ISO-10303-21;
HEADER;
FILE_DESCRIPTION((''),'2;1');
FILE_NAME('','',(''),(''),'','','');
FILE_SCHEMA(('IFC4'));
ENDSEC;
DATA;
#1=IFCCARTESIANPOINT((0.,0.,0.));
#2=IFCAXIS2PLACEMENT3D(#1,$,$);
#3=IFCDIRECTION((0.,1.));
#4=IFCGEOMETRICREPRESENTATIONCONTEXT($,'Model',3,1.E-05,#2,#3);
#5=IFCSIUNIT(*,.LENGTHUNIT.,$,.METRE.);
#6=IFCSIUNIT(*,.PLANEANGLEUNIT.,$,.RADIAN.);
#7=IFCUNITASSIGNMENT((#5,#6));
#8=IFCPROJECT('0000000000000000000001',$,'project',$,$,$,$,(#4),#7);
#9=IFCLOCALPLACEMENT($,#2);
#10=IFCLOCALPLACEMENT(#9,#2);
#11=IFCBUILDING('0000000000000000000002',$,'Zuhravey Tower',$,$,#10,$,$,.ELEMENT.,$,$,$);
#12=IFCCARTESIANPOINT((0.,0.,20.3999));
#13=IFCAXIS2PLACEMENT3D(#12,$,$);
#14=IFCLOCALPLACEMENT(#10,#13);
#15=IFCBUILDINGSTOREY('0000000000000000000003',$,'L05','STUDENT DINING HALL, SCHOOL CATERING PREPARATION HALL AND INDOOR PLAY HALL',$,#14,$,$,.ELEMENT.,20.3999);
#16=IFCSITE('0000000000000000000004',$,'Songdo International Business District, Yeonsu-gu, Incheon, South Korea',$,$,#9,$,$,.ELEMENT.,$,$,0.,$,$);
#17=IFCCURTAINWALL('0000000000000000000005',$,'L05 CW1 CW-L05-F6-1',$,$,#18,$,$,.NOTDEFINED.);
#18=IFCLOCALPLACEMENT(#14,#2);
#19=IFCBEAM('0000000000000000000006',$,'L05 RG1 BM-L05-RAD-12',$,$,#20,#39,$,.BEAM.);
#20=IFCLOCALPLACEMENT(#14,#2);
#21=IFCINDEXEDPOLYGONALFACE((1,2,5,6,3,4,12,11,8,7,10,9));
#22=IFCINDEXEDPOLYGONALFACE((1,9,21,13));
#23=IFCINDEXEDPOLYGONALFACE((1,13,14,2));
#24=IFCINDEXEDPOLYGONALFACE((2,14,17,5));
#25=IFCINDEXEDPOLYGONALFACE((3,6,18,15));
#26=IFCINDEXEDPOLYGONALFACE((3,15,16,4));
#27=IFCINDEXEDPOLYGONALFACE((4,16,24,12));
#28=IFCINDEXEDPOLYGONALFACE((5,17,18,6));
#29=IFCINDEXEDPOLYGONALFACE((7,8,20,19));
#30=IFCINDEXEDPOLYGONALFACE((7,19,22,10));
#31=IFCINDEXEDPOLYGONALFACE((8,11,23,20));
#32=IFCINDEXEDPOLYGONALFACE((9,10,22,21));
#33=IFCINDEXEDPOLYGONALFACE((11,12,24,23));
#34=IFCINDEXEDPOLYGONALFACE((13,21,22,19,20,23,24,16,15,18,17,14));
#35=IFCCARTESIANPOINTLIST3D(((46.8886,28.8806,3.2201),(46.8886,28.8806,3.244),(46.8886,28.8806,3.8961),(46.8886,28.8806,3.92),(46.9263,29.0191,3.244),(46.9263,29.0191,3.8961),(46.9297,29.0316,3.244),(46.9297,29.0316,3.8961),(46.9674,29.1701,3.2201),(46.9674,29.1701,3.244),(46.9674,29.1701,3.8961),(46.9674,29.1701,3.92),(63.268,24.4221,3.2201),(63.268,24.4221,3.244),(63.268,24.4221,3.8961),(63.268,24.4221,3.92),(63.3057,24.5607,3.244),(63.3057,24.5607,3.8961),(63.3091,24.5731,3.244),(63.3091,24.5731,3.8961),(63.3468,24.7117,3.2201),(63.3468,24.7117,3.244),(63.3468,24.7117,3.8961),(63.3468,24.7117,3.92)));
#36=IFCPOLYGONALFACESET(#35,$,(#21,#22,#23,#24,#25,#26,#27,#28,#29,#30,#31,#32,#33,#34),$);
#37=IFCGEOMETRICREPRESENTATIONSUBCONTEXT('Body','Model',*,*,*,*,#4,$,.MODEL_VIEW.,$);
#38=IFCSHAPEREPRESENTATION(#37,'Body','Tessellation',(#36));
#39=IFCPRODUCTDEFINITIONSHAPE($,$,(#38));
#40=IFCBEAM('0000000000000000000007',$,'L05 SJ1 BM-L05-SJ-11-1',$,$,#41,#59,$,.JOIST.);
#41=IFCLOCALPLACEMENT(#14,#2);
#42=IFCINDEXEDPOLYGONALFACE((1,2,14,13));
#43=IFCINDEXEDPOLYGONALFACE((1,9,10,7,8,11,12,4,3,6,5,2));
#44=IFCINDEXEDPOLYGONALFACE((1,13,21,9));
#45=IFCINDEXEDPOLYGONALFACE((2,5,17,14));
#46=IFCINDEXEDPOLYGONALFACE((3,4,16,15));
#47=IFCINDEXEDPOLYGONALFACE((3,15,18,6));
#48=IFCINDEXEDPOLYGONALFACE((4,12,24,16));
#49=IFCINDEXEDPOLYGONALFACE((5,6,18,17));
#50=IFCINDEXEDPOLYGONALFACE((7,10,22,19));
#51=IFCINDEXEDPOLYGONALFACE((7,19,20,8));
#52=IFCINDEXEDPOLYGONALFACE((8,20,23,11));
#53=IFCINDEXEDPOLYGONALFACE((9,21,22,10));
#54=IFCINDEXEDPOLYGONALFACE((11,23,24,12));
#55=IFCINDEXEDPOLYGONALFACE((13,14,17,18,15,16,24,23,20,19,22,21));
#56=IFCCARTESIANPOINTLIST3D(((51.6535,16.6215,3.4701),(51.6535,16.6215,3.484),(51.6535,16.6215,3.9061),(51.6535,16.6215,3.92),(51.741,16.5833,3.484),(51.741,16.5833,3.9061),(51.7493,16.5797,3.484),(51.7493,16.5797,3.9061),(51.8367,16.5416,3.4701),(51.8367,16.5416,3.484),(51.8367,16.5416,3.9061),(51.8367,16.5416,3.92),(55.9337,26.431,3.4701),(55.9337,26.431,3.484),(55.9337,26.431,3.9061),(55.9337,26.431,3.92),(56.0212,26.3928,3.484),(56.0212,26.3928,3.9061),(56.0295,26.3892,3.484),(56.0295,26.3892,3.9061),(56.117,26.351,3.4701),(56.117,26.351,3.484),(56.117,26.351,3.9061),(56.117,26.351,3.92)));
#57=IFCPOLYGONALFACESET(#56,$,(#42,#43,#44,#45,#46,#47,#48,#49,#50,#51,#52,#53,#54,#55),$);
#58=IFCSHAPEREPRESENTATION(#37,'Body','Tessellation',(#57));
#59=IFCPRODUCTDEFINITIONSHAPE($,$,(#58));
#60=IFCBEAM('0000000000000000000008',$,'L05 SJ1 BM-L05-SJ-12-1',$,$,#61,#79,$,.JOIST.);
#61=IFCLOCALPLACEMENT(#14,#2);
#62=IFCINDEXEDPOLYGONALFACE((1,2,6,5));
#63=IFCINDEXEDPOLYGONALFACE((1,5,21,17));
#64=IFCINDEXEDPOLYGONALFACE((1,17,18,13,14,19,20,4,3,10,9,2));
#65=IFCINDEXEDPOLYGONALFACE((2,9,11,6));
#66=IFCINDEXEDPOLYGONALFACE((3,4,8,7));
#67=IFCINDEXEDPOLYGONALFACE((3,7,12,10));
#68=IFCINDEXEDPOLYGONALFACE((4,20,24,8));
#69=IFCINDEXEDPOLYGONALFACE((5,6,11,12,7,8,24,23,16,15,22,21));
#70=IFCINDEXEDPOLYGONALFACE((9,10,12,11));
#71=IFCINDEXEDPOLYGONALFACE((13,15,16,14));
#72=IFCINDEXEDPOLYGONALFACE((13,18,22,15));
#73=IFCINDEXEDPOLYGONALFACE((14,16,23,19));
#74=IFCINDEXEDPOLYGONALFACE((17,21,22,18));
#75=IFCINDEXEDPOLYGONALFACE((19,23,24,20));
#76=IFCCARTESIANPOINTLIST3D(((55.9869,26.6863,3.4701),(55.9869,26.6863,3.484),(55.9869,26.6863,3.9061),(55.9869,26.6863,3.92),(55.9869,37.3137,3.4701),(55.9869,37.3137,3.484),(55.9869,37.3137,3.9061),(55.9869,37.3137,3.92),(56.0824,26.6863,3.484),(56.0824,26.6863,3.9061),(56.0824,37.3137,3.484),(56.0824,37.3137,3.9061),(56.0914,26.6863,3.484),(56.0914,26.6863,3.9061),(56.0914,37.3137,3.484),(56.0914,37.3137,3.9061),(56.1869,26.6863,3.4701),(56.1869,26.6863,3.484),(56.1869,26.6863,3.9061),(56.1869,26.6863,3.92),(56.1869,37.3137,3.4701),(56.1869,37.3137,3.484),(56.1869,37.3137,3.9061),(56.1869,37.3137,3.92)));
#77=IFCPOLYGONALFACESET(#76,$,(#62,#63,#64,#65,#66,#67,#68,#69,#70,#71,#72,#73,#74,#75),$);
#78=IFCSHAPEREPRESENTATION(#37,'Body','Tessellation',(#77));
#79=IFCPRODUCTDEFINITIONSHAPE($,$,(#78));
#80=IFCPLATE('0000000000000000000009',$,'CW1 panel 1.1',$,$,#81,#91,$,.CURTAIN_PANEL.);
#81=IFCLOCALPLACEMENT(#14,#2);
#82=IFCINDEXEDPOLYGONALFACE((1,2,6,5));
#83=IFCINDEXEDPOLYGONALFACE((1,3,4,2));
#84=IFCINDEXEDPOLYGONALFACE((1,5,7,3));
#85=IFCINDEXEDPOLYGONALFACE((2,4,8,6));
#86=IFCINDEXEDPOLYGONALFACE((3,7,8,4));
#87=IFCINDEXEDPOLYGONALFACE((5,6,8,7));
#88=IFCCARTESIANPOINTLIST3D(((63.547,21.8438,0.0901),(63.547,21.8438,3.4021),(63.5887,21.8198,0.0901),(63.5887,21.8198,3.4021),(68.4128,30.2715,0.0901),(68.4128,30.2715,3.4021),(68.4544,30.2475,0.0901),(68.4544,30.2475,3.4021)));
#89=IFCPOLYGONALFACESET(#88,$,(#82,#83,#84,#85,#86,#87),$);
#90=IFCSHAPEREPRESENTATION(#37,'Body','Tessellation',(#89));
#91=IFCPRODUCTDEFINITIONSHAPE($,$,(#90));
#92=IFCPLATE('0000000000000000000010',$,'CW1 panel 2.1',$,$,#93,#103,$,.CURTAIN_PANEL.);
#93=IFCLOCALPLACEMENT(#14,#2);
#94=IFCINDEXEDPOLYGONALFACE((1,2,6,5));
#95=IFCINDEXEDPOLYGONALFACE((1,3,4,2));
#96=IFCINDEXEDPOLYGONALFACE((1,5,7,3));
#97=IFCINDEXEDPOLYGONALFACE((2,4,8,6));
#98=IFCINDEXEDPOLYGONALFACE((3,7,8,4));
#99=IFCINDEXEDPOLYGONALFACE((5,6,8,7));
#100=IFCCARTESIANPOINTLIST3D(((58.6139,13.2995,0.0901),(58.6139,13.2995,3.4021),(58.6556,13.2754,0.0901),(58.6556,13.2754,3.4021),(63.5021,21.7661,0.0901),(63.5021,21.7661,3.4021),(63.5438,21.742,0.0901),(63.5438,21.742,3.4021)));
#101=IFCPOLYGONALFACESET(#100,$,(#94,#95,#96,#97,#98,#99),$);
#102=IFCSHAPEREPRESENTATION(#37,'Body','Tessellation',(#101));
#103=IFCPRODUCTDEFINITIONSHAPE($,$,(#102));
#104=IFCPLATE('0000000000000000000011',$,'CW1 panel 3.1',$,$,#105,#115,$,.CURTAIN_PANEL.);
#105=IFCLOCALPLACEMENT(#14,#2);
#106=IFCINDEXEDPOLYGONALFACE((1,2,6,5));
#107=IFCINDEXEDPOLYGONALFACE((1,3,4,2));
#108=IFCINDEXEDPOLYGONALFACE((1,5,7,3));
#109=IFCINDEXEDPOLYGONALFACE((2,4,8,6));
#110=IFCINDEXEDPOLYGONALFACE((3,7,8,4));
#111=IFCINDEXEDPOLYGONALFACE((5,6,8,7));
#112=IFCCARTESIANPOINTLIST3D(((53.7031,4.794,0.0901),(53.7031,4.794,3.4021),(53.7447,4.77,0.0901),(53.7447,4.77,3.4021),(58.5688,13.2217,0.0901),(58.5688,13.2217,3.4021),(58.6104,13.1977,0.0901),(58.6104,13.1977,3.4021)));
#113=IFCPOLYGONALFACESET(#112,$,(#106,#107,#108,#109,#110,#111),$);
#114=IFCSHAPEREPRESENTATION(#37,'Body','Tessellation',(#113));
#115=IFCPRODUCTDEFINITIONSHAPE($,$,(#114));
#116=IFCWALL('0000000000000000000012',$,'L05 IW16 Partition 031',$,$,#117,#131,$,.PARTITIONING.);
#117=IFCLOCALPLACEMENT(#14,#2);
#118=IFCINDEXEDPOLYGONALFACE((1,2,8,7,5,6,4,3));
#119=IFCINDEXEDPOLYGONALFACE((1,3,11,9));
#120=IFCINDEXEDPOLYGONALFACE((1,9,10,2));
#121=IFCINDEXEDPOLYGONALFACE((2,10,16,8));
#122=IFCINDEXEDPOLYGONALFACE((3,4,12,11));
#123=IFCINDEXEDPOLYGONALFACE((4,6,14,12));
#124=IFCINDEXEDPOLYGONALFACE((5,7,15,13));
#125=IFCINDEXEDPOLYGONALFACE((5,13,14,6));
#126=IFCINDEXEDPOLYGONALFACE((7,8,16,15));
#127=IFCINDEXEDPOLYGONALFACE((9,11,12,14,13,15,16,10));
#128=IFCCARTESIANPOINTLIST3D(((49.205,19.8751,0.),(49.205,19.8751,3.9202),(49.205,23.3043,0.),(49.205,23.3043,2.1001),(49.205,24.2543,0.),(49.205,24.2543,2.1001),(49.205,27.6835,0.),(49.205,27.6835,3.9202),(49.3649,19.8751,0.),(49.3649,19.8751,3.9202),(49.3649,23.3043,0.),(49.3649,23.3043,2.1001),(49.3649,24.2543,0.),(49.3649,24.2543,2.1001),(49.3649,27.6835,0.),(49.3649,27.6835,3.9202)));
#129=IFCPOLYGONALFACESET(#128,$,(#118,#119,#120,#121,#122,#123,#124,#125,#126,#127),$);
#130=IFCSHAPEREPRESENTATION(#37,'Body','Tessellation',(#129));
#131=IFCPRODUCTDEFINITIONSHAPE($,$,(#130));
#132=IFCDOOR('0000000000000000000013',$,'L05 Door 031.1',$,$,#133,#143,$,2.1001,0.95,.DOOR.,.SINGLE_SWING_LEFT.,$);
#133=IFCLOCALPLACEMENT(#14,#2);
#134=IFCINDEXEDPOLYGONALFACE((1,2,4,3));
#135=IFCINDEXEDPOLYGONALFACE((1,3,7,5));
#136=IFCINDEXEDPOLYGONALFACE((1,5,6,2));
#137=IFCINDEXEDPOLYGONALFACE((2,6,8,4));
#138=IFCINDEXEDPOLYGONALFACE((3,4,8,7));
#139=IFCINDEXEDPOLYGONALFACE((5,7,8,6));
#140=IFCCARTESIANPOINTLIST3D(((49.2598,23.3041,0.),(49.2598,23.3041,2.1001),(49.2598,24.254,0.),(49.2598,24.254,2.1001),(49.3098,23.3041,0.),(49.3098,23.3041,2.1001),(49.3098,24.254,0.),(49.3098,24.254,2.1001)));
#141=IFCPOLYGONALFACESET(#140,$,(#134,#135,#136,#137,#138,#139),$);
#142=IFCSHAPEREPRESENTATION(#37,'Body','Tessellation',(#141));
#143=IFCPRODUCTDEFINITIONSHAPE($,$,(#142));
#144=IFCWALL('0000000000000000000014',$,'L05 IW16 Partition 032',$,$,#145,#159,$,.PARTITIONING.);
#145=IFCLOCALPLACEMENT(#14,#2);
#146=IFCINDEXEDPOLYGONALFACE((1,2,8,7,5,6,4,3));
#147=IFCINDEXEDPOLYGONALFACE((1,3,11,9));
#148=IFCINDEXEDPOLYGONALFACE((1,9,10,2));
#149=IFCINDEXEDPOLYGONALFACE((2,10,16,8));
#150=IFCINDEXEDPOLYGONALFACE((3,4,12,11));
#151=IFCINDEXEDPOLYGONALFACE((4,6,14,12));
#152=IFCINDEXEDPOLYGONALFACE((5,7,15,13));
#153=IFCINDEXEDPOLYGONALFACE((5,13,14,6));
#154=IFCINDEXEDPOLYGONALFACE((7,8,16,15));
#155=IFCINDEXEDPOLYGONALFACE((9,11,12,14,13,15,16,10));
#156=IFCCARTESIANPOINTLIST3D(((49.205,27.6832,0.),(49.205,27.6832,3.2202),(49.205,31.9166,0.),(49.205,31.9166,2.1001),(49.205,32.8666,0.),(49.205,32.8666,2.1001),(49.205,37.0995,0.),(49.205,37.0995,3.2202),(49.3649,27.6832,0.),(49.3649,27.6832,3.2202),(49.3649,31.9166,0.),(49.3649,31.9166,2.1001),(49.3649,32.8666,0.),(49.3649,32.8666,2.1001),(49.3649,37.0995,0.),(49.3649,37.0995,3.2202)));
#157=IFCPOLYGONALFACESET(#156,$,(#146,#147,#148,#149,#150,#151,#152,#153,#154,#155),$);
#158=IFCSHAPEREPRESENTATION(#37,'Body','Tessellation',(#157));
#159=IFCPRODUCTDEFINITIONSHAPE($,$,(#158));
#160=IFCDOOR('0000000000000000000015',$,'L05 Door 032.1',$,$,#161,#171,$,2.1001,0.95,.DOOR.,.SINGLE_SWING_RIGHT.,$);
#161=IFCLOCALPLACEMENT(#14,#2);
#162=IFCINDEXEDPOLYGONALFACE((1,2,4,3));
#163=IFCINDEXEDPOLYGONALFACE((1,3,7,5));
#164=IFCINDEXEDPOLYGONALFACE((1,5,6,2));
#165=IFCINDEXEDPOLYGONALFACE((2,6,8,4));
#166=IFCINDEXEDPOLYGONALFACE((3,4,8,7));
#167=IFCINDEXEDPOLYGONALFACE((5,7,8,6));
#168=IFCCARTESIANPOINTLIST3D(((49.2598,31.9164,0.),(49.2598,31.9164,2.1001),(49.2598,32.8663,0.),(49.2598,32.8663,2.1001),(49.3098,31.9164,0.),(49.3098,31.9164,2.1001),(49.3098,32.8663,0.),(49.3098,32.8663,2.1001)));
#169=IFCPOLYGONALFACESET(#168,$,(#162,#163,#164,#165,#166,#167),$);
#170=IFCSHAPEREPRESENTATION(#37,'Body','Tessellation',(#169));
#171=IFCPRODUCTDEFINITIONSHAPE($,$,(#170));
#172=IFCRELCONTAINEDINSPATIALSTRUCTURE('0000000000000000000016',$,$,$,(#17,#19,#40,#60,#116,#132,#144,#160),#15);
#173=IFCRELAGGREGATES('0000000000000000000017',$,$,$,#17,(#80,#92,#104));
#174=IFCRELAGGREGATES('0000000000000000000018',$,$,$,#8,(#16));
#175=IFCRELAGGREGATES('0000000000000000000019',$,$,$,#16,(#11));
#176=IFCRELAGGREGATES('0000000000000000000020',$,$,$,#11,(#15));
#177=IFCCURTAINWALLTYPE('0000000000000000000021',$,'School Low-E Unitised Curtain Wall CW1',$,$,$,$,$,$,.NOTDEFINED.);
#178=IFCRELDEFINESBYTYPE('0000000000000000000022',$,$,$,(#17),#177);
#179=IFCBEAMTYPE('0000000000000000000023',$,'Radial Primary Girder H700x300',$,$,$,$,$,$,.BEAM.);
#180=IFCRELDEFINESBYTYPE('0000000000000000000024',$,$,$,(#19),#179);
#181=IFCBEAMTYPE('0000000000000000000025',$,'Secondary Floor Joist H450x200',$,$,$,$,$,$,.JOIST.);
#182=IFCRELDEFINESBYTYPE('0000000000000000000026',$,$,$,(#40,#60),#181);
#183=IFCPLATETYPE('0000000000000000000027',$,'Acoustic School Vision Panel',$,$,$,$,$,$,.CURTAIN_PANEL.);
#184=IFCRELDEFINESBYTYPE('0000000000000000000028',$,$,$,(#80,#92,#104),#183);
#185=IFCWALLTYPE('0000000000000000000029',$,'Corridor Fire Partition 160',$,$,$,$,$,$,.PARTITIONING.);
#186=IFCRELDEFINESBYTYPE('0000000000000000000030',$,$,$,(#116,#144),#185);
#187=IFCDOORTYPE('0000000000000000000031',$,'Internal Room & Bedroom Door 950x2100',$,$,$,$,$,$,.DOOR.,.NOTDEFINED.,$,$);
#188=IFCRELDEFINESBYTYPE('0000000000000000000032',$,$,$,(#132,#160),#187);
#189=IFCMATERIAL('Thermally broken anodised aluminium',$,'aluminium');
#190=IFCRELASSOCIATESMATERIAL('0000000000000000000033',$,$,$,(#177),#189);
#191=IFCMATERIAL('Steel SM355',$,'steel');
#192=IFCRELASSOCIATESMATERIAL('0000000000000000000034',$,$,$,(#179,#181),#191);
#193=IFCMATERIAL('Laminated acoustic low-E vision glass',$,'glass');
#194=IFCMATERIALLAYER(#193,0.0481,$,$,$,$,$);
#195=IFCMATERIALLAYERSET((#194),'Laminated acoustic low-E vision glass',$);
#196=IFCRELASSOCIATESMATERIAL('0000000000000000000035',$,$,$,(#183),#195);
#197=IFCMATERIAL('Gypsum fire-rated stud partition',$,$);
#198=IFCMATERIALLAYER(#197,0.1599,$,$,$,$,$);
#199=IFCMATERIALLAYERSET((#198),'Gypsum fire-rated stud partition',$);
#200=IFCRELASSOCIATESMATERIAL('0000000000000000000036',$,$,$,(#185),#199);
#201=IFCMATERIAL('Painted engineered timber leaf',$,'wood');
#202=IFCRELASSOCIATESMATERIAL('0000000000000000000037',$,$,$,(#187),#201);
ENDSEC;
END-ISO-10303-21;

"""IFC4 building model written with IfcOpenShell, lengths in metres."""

from ifc_helpers import new_model, si_unit, direction, frame, frame_2d, origin, origin_2d, place, context, subcontext, project, spatial, rectangle, i_section, extrude, material, layer, layer_set, material_profile, profile_set, type_object, element, fill, aggregate, save


model = new_model("IFC4")

# Units and contexts
model_context = context("Model", 3, precision=1e-05, world=origin(), true_north=direction((0.0, 1.0)))
body_context = subcontext(model_context, "Body", "Model", "MODEL_VIEW")
ifc_project = project(units=[si_unit("LENGTHUNIT", "METRE"), si_unit("PLANEANGLEUNIT", "RADIAN")], contexts=[model_context])

# Site, building, storey
site_placement = place(None, origin())
site = spatial("IfcSite", under=ifc_project, at=site_placement, Name="Songdo International Business District, Yeonsu-gu, Incheon, South Korea", CompositionType="ELEMENT", RefElevation=0.0)
building_placement = place(site_placement, origin())
building = spatial("IfcBuilding", under=site, at=building_placement, Name="Zuhravey Tower", CompositionType="ELEMENT")
storey_placement = place(building_placement, frame((0.0, 0.0, 20.3999)))
storey = spatial("IfcBuildingStorey", under=building, at=storey_placement, Name="L05", Description="STUDENT DINING HALL, SCHOOL CATERING PREPARATION HALL AND INDOOR PLAY HALL", CompositionType="ELEMENT", Elevation=20.3999)

# Curtain wall
ifc_material_1 = material(Name="Thermally broken anodised aluminium", Category="aluminium")
curtain_wall_type = type_object("IfcCurtainWallType", Name="School Low-E Unitised Curtain Wall CW1", PredefinedType="NOTDEFINED", material=ifc_material_1)
curtain_wall_1_placement = place(storey_placement, origin())
curtain_wall_1 = element("IfcCurtainWall", 1, at=curtain_wall_1_placement, inside=storey, type_object=curtain_wall_type, Name="L05 CW1 CW-L05-F6-1", PredefinedType="NOTDEFINED")

# Beams
ifc_material_2 = material(Name="Steel SM355", Category="steel")
ifc_material_profile_1 = material_profile(ifc_material_2, i_section(OverallWidth=0.3, OverallDepth=0.7, WebThickness=0.0129, FlangeThickness=0.0239, at=origin_2d()), Name="H-700x300x13x24")
ifc_profile_set_1 = profile_set([ifc_material_profile_1], Name="Steel SM355")
beam_type_1 = type_object("IfcBeamType", Name="Radial Primary Girder H700x300", PredefinedType="BEAM", material=ifc_profile_set_1)
beam_1_placement = place(storey_placement, frame((46.928, 29.0254, 3.5701), z_axis=(0.964892, -0.262645, 0.0), x_axis=(0.262645, 0.964892, 0.0)))
element("IfcBeam", 2, at=beam_1_placement, inside=storey, type_object=beam_type_1, Name="L05 RG1 BM-L05-RAD-12", PredefinedType="BEAM", context=body_context, shape_type="SweptSolid", body=[
    extrude(i_section(OverallWidth=0.3, OverallDepth=0.7, WebThickness=0.0129, FlangeThickness=0.0239, at=origin_2d()), origin(), (0.0, 0.0, 1.0), 16.9753),
])
ifc_material_profile_2 = material_profile(ifc_material_2, i_section(OverallWidth=0.2, OverallDepth=0.45, WebThickness=0.009, FlangeThickness=0.0139, at=origin_2d()), Name="H-450x200x9x14")
ifc_profile_set_2 = profile_set([ifc_material_profile_2], Name="Steel SM355")
beam_type_2 = type_object("IfcBeamType", Name="Secondary Floor Joist H450x200", PredefinedType="JOIST", material=ifc_profile_set_2)
beam_2_placement = place(storey_placement, frame((51.7451, 16.5815, 3.6951), z_axis=(0.399924, 0.916549, 0.0), x_axis=(-0.916549, 0.399924, 0.0)))
element("IfcBeam", 3, at=beam_2_placement, inside=storey, type_object=beam_type_2, Name="L05 SJ1 BM-L05-SJ-11-1", PredefinedType="JOIST", context=body_context, shape_type="SweptSolid", body=[
    extrude(i_section(OverallWidth=0.2, OverallDepth=0.45, WebThickness=0.009, FlangeThickness=0.0139, at=origin_2d()), origin(), (0.0, 0.0, 1.0), 10.7026),
])
beam_3_placement = place(storey_placement, frame((56.0869, 26.6863, 3.6951), z_axis=(0.0, 1.0, 0.0), x_axis=(-1.0, 0.0, 0.0)))
element("IfcBeam", 4, at=beam_3_placement, inside=storey, type_object=beam_type_2, Name="L05 SJ1 BM-L05-SJ-12-1", PredefinedType="JOIST", context=body_context, shape_type="SweptSolid", body=[
    extrude(i_section(OverallWidth=0.2, OverallDepth=0.45, WebThickness=0.009, FlangeThickness=0.0139, at=origin_2d()), origin(), (0.0, 0.0, 1.0), 10.6274),
])

# Plates
ifc_material_3 = material(Name="Laminated acoustic low-E vision glass", Category="glass")
ifc_layer_1 = layer(ifc_material_3, 0.0481)
ifc_layer_set_1 = layer_set([ifc_layer_1], Name="Laminated acoustic low-E vision glass")
plate_type = type_object("IfcPlateType", Name="Acoustic School Vision Panel", PredefinedType="CURTAIN_PANEL", material=ifc_layer_set_1)
plate_1_placement = place(storey_placement, frame((66.0007, 26.0457, 0.0901), z_axis=(0.0, 0.0, 1.0), x_axis=(-0.5, -0.866026, 0.0)))
plate_1 = element("IfcPlate", 5, at=plate_1_placement, type_object=plate_type, Name="CW1 panel 1.1", PredefinedType="CURTAIN_PANEL", context=body_context, shape_type="SweptSolid", body=[
    extrude(rectangle(XDim=9.7314, YDim=0.0481, at=origin_2d()), origin(), (0.0, 0.0, 1.0), 3.312),
])
plate_2_placement = place(storey_placement, frame((61.0789, 17.5208, 0.0901), z_axis=(0.0, 0.0, 1.0), x_axis=(-0.5, -0.866026, 0.0)))
plate_2 = element("IfcPlate", 6, at=plate_2_placement, type_object=plate_type, Name="CW1 panel 2.1", PredefinedType="CURTAIN_PANEL", context=body_context, shape_type="SweptSolid", body=[
    extrude(rectangle(XDim=9.7764, YDim=0.0481, at=origin_2d()), origin(), (0.0, 0.0, 1.0), 3.312),
])
plate_3_placement = place(storey_placement, frame((56.1567, 8.9958, 0.0901), z_axis=(0.0, 0.0, 1.0), x_axis=(-0.5, -0.866026, 0.0)))
plate_3 = element("IfcPlate", 7, at=plate_3_placement, type_object=plate_type, Name="CW1 panel 3.1", PredefinedType="CURTAIN_PANEL", context=body_context, shape_type="SweptSolid", body=[
    extrude(rectangle(XDim=9.7314, YDim=0.0481, at=origin_2d()), origin(), (0.0, 0.0, 1.0), 3.312),
])
aggregate(curtain_wall_1, [plate_1, plate_2, plate_3])

# Walls, openings, doors
ifc_material_4 = material(Name="Gypsum fire-rated stud partition")
ifc_layer_2 = layer(ifc_material_4, 0.1599)
ifc_layer_set_2 = layer_set([ifc_layer_2], Name="Gypsum fire-rated stud partition")
wall_type_1 = type_object("IfcWallType", Name="Corridor Fire Partition 160", PredefinedType="PARTITIONING", material=ifc_layer_set_2)
wall_1_placement = place(storey_placement, frame((49.2849, 19.875, 0.0), z_axis=(0.0, 0.0, 1.0), x_axis=(0.0, 1.0, 0.0)))
wall_1 = element("IfcWall", 8, at=wall_1_placement, inside=storey, type_object=wall_type_1, Name="L05 IW16 Partition 031", PredefinedType="PARTITIONING", context=body_context, shape_type="SweptSolid", body=[
    extrude(rectangle(XDim=7.8083, YDim=0.1599, at=frame_2d((3.9043, 0.0))), origin(), (0.0, 0.0, 1.0), 3.9202),
])
opening_1_placement = place(wall_1_placement, frame((3.4292, 0.0, 0.0)))
opening_1 = element("IfcOpeningElement", 9, at=opening_1_placement, cuts=wall_1, PredefinedType="OPENING", context=body_context, shape_type="SweptSolid", body=[
    extrude(rectangle(XDim=0.95, YDim=2.1001, at=frame_2d((0.4751, 1.05))), frame((0.0, 0.092, 0.0), z_axis=(0.0, -1.0, 0.0), x_axis=(1.0, 0.0, 0.0)), (0.0, 0.0, 1.0), 0.1838),
])
ifc_material_5 = material(Name="Painted engineered timber leaf", Category="wood")
door_type = type_object("IfcDoorType", Name="Internal Room & Bedroom Door 950x2100", OperationType="NOTDEFINED", PredefinedType="DOOR", material=ifc_material_5)
door_1_placement = place(opening_1_placement, frame((0.95, 0.0, 0.0), z_axis=(0.0, 0.0, 1.0), x_axis=(-1.0, 0.0, 0.0)))
door_1 = element("IfcDoor", 10, at=door_1_placement, inside=storey, type_object=door_type, Name="L05 Door 031.1", OperationType="SINGLE_SWING_LEFT", OverallHeight=2.1001, OverallWidth=0.95, PredefinedType="DOOR", context=body_context, shape_type="SweptSolid", body=[
    extrude(rectangle(XDim=0.95, YDim=2.1001, at=frame_2d((0.4751, 1.05))), frame((0.0, 0.0249, 0.0), z_axis=(0.0, -1.0, 0.0), x_axis=(1.0, 0.0, 0.0)), (0.0, 0.0, 1.0), 0.05),
])
fill(opening_1, door_1)
wall_2_placement = place(storey_placement, frame((49.2849, 27.6833, 0.0), z_axis=(0.0, 0.0, 1.0), x_axis=(0.0, 1.0, 0.0)))
wall_2 = element("IfcWall", 11, at=wall_2_placement, inside=storey, type_object=wall_type_1, Name="L05 IW16 Partition 032", PredefinedType="PARTITIONING", context=body_context, shape_type="SweptSolid", body=[
    extrude(rectangle(XDim=9.4163, YDim=0.1599, at=frame_2d((4.708, 0.0))), origin(), (0.0, 0.0, 1.0), 3.2202),
])
opening_2_placement = place(wall_2_placement, frame((4.2332, 0.0, 0.0)))
opening_2 = element("IfcOpeningElement", 12, at=opening_2_placement, cuts=wall_2, PredefinedType="OPENING", context=body_context, shape_type="SweptSolid", body=[
    extrude(rectangle(XDim=0.95, YDim=2.1001, at=frame_2d((0.4751, 1.05))), frame((0.0, 0.092, 0.0), z_axis=(0.0, -1.0, 0.0), x_axis=(1.0, 0.0, 0.0)), (0.0, 0.0, 1.0), 0.1838),
])
door_2_placement = place(opening_2_placement, frame((0.95, 0.0, 0.0), z_axis=(0.0, 0.0, 1.0), x_axis=(-1.0, 0.0, 0.0)))
door_2 = element("IfcDoor", 13, at=door_2_placement, inside=storey, type_object=door_type, Name="L05 Door 032.1", OperationType="SINGLE_SWING_RIGHT", OverallHeight=2.1001, OverallWidth=0.95, PredefinedType="DOOR", context=body_context, shape_type="SweptSolid", body=[
    extrude(rectangle(XDim=0.95, YDim=2.1001, at=frame_2d((0.4751, 1.05))), frame((0.0, 0.0249, 0.0), z_axis=(0.0, -1.0, 0.0), x_axis=(1.0, 0.0, 0.0)), (0.0, 0.0, 1.0), 0.05),
])
fill(opening_2, door_2)

save(model, "model.ifc")
